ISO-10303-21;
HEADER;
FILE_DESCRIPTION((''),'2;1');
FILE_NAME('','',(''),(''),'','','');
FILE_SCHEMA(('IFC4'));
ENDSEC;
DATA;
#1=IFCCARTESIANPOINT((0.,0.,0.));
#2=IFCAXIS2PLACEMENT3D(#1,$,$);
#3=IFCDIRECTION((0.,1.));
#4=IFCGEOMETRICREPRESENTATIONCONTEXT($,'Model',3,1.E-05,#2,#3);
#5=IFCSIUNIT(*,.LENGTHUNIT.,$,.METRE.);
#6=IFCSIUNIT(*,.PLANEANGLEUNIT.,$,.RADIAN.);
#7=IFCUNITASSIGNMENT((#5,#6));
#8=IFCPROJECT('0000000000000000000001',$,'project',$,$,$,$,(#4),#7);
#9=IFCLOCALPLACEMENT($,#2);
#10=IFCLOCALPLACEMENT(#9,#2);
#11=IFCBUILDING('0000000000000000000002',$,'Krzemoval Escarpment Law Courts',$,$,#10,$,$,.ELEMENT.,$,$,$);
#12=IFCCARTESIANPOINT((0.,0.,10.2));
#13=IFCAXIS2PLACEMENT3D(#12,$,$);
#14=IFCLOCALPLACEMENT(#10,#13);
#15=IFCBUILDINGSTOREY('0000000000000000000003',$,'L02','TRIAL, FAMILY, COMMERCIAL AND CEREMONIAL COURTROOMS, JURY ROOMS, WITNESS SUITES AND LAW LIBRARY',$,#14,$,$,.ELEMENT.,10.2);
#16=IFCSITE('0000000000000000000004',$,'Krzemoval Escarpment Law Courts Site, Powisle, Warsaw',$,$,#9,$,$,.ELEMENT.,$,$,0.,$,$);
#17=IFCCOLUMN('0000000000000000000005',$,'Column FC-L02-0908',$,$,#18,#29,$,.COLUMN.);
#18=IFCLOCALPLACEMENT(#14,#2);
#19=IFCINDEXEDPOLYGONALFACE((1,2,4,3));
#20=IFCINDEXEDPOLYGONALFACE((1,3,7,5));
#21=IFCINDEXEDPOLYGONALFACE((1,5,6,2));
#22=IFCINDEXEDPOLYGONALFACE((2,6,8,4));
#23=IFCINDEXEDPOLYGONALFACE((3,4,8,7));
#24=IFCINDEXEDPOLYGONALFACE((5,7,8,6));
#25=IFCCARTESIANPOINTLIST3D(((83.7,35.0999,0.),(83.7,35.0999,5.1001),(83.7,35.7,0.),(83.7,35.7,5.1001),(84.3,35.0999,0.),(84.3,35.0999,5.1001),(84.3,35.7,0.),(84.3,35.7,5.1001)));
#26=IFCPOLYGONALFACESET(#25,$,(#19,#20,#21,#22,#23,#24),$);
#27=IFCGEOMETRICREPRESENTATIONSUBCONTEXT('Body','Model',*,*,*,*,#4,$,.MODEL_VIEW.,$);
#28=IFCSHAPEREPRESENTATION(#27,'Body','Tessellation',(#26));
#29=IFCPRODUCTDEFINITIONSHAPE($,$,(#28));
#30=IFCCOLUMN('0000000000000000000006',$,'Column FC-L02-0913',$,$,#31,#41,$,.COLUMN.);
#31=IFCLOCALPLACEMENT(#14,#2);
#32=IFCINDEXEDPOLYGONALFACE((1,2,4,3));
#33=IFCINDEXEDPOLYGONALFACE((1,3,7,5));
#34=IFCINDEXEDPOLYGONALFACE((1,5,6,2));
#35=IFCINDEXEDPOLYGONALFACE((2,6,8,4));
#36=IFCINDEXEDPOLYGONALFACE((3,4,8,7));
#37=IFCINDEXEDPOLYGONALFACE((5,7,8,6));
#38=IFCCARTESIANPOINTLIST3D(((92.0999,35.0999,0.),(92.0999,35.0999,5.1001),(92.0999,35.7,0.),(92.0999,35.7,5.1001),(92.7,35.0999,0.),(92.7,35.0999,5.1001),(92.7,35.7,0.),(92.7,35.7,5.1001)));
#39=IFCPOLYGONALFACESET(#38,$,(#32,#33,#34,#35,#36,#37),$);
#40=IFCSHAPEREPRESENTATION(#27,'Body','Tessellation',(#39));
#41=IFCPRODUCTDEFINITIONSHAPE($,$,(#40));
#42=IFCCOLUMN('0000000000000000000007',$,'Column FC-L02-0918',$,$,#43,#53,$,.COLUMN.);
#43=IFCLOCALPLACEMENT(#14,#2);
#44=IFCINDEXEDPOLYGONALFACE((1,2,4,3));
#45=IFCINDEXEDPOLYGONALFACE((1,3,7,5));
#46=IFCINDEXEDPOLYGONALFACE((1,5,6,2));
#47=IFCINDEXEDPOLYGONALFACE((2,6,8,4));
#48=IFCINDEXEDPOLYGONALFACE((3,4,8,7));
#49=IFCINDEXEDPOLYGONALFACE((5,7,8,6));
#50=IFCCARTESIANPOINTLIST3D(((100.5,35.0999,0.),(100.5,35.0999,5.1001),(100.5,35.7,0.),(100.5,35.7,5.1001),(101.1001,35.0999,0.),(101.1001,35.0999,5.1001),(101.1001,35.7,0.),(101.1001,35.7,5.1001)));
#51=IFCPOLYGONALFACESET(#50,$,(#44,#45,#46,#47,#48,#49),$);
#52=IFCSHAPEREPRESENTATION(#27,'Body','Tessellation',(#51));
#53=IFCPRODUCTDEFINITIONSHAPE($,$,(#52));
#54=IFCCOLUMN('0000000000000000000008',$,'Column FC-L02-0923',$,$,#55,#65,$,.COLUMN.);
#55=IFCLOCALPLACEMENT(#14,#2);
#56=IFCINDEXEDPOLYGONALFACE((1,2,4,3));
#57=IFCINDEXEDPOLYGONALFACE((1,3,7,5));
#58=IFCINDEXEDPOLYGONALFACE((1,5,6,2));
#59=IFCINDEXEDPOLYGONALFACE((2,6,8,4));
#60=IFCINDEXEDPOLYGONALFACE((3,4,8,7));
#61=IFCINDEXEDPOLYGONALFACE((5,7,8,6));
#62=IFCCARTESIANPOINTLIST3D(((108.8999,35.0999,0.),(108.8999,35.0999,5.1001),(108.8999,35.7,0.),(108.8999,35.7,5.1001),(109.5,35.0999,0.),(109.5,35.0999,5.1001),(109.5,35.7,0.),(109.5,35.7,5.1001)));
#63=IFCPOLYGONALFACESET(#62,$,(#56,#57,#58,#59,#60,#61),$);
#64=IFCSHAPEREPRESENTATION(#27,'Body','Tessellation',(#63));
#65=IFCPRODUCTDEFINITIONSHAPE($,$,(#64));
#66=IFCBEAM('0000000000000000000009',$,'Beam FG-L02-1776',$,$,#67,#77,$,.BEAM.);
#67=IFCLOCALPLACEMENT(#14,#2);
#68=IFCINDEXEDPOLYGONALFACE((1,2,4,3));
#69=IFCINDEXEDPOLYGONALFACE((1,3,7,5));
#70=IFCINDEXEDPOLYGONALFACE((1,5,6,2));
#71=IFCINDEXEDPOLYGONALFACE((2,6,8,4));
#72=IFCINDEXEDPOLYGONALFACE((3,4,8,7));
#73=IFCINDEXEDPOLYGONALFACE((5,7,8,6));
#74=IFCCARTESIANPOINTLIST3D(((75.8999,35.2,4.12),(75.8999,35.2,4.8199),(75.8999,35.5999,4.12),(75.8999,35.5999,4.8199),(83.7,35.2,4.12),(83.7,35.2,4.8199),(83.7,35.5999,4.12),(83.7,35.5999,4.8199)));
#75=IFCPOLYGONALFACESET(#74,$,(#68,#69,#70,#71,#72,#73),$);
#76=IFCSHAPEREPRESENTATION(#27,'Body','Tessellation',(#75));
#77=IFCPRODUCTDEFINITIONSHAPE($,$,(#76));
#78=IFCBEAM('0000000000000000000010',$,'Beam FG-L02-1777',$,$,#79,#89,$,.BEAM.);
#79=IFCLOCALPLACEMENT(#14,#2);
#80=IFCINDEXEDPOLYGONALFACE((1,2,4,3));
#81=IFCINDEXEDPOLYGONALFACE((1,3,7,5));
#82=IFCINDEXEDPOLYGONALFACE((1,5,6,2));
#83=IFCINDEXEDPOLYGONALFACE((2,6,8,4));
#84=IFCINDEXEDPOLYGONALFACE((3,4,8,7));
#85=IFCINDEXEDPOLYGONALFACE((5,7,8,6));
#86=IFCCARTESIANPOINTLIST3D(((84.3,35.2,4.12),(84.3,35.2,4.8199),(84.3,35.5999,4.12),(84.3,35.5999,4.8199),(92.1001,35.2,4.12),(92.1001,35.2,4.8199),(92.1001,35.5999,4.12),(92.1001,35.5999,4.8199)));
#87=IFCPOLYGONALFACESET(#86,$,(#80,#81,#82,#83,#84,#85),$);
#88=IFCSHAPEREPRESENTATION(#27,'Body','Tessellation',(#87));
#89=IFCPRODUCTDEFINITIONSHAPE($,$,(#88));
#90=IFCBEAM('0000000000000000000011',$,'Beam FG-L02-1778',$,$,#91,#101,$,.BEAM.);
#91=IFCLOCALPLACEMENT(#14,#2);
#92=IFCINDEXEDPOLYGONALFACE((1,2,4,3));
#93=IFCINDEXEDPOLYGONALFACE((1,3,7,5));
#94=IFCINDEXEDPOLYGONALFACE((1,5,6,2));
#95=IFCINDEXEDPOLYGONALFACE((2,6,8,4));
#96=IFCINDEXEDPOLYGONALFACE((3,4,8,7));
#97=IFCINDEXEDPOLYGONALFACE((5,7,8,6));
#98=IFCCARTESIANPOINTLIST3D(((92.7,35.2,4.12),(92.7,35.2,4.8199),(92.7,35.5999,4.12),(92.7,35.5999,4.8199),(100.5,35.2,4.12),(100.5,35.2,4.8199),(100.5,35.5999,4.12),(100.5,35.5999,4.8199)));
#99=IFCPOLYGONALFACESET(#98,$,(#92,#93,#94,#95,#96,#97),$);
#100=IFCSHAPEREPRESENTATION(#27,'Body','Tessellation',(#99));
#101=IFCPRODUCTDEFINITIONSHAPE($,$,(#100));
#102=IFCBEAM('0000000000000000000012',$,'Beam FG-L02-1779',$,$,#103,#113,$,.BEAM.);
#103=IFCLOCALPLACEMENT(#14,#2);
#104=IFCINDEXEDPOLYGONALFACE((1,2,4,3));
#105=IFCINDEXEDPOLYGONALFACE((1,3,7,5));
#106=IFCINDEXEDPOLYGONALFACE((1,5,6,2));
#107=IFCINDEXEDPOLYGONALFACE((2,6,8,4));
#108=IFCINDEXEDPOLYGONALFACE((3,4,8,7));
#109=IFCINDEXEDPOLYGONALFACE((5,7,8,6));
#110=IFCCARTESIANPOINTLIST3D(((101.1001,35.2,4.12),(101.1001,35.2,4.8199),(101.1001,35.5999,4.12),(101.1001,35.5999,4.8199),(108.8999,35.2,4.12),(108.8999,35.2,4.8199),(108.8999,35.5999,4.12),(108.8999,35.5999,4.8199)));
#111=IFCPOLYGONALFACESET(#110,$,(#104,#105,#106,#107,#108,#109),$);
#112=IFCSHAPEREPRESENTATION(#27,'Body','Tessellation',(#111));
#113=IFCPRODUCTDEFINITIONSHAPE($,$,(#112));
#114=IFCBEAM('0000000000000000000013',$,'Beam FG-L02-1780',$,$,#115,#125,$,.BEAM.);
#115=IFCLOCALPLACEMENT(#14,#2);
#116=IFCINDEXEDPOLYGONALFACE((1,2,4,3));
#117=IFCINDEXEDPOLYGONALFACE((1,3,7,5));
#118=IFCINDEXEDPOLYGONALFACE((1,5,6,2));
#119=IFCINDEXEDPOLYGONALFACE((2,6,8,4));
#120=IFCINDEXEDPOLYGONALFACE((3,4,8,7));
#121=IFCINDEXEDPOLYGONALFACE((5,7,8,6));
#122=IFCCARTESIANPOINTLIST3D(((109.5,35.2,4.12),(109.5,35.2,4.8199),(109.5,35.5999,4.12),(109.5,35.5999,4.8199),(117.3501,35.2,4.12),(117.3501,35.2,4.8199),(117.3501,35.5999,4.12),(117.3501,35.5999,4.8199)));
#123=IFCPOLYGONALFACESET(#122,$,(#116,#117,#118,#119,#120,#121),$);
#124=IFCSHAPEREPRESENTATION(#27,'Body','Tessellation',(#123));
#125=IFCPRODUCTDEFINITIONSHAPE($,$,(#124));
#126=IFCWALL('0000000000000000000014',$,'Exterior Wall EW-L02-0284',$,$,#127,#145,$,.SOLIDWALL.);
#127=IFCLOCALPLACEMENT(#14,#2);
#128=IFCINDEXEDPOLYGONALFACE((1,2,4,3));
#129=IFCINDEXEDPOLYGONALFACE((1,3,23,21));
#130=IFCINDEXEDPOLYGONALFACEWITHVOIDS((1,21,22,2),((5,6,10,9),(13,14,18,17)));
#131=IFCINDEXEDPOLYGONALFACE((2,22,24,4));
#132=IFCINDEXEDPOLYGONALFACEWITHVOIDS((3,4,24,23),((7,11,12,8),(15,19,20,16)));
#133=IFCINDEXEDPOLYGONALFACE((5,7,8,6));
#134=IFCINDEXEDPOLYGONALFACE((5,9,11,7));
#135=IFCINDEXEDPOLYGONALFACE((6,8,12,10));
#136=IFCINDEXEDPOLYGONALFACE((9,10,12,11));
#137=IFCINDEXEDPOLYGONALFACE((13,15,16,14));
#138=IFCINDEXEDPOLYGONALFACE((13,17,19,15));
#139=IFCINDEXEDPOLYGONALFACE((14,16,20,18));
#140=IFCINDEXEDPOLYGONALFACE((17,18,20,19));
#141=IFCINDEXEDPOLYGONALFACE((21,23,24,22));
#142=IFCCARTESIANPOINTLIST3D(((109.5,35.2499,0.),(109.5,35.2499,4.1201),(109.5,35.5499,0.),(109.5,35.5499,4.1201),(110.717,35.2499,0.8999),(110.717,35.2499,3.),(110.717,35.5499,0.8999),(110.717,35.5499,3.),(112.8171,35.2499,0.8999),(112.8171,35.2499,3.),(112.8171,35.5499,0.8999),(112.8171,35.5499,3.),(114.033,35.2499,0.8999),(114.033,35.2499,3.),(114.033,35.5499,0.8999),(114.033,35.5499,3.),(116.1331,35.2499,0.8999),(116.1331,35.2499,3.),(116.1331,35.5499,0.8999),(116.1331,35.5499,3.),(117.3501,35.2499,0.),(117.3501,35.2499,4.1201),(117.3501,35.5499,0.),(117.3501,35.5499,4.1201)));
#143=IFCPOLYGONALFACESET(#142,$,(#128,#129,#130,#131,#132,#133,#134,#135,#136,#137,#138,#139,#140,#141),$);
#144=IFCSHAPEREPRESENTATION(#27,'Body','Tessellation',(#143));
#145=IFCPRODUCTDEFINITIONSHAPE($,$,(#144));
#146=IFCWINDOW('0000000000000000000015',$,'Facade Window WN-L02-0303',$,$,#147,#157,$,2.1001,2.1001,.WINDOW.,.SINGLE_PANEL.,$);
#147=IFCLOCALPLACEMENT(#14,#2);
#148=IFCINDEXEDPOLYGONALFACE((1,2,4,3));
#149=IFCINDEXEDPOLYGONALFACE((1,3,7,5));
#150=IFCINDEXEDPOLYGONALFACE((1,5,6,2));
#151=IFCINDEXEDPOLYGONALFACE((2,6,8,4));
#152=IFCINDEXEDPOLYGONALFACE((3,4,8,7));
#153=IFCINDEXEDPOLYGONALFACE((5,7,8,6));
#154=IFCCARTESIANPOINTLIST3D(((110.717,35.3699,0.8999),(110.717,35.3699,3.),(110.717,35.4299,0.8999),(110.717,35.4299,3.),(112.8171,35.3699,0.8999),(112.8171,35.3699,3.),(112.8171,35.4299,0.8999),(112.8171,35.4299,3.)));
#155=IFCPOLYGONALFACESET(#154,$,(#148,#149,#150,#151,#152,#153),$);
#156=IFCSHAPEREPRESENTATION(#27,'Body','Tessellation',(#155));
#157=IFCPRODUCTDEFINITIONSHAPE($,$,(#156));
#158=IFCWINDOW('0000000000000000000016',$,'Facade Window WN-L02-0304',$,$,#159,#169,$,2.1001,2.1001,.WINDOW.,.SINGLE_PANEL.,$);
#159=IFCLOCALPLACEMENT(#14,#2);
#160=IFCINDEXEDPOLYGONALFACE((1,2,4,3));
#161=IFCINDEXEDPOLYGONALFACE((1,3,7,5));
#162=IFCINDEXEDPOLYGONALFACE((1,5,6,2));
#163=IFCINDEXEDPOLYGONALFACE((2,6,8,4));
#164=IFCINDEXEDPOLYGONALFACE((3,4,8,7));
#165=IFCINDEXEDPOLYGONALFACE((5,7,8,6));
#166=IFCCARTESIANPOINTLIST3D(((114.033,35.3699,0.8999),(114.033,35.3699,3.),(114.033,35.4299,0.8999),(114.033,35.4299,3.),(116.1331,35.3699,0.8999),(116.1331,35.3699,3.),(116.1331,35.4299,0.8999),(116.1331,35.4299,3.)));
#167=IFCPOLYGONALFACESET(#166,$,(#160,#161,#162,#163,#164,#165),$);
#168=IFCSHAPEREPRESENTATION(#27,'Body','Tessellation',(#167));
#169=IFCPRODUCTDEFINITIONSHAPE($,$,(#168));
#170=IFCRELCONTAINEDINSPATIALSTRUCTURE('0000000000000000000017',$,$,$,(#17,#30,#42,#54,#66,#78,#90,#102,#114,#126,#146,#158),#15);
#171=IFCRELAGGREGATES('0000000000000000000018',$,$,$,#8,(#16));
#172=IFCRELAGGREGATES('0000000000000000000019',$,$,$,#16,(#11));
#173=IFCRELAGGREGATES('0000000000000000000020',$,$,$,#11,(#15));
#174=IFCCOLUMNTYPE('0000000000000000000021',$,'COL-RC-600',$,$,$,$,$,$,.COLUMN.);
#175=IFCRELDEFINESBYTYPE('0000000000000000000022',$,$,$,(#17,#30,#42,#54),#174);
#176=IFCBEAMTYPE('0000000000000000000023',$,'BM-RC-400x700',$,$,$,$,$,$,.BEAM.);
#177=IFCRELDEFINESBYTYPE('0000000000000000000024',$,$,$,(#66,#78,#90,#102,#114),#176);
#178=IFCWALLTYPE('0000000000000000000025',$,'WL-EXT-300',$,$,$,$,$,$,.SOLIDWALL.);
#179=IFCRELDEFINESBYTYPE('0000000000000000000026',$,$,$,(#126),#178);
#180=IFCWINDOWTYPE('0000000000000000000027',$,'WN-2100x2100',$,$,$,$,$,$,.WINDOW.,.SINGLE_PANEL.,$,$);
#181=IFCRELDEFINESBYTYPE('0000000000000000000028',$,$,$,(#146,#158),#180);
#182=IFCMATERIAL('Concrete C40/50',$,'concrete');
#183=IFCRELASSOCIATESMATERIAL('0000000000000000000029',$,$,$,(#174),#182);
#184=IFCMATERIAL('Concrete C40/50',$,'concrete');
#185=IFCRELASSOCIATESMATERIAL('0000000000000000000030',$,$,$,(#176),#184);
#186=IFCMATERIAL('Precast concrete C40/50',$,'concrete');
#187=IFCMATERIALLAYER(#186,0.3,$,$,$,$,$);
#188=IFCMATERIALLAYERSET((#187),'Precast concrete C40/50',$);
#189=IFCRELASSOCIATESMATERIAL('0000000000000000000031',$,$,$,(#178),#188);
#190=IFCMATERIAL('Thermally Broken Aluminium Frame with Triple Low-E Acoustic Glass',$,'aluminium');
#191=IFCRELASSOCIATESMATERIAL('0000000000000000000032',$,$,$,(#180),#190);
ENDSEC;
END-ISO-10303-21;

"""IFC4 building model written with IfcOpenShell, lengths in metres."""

from ifc_helpers import new_model, si_unit, direction, frame, frame_2d, origin, origin_2d, place, context, subcontext, project, spatial, rectangle, extrude, material, layer, layer_set, material_profile, profile_set, type_object, element, fill, save


model = new_model("IFC4")

# Units and contexts
model_context = context("Model", 3, precision=1e-05, world=origin(), true_north=direction((0.0, 1.0)))
body_context = subcontext(model_context, "Body", "Model", "MODEL_VIEW")
ifc_project = project(units=[si_unit("LENGTHUNIT", "METRE"), si_unit("PLANEANGLEUNIT", "RADIAN")], contexts=[model_context])

# Site, building, storey
site_placement = place(None, origin())
site = spatial("IfcSite", under=ifc_project, at=site_placement, Name="Krzemoval Escarpment Law Courts Site, Powisle, Warsaw", CompositionType="ELEMENT", RefElevation=0.0)
building_placement = place(site_placement, origin())
building = spatial("IfcBuilding", under=site, at=building_placement, Name="Krzemoval Escarpment Law Courts", CompositionType="ELEMENT")
storey_placement = place(building_placement, frame((0.0, 0.0, 10.2)))
storey = spatial("IfcBuildingStorey", under=building, at=storey_placement, Name="L02", Description="TRIAL, FAMILY, COMMERCIAL AND CEREMONIAL COURTROOMS, JURY ROOMS, WITNESS SUITES AND LAW LIBRARY", CompositionType="ELEMENT", Elevation=10.2)

# Columns
ifc_material_1 = material(Name="Concrete C40/50", Category="concrete")
ifc_material_profile_1 = material_profile(ifc_material_1, rectangle(XDim=0.6001, YDim=0.6001, at=origin_2d()), Name="RC 600x600")
ifc_profile_set_1 = profile_set([ifc_material_profile_1], Name="Concrete C40/50")
column_type = type_object("IfcColumnType", Name="COL-RC-600", PredefinedType="COLUMN", material=ifc_profile_set_1)
for number, where, z_axis, x_axis, name in (
    (1, (84.0, 35.3999, 0.0), (0.0, 0.0, 1.0), (1.0, 0.0, 0.0), "Column FC-L02-0908"),
    (2, (92.3999, 35.3999, 0.0), (0.0, 0.0, 1.0), (1.0, 0.0, 0.0), "Column FC-L02-0913"),
    (3, (100.8, 35.3999, 0.0), (0.0, 0.0, 1.0), (1.0, 0.0, 0.0), "Column FC-L02-0918"),
    (4, (109.2, 35.3999, 0.0), (0.0, 0.0, 1.0), (1.0, 0.0, 0.0), "Column FC-L02-0923"),
):
    element("IfcColumn", number, at=place(storey_placement, frame(where, z_axis=z_axis, x_axis=x_axis)), inside=storey, type_object=column_type, Name=name, PredefinedType="COLUMN", context=body_context, shape_type="SweptSolid", body=[
        extrude(rectangle(XDim=0.6001, YDim=0.6001, at=origin_2d()), origin(), (0.0, 0.0, 1.0), 5.1001),
    ])

# Beams
ifc_material_2 = material(Name="Concrete C40/50", Category="concrete")
ifc_material_profile_2 = material_profile(ifc_material_2, rectangle(XDim=0.3999, YDim=0.7, at=origin_2d()), Name="RCB 400x700")
ifc_profile_set_2 = profile_set([ifc_material_profile_2], Name="Concrete C40/50")
beam_type = type_object("IfcBeamType", Name="BM-RC-400x700", PredefinedType="BEAM", material=ifc_profile_set_2)
for number, where, z_axis, x_axis, name in (
    (5, (75.8999, 35.3999, 4.47), (1.0, 0.0, 0.0), (0.0, 1.0, 0.0), "Beam FG-L02-1776"),
    (6, (84.3, 35.3999, 4.47), (1.0, 0.0, 0.0), (0.0, 1.0, 0.0), "Beam FG-L02-1777"),
    (7, (92.7, 35.3999, 4.47), (1.0, 0.0, 0.0), (0.0, 1.0, 0.0), "Beam FG-L02-1778"),
):
    element("IfcBeam", number, at=place(storey_placement, frame(where, z_axis=z_axis, x_axis=x_axis)), inside=storey, type_object=beam_type, Name=name, PredefinedType="BEAM", context=body_context, shape_type="SweptSolid", body=[
        extrude(rectangle(XDim=0.3999, YDim=0.7, at=origin_2d()), origin(), (0.0, 0.0, 1.0), 7.8),
    ])
beam_1_placement = place(storey_placement, frame((101.1001, 35.3999, 4.47), z_axis=(1.0, 0.0, 0.0), x_axis=(0.0, 1.0, 0.0)))
element("IfcBeam", 8, at=beam_1_placement, inside=storey, type_object=beam_type, Name="Beam FG-L02-1779", PredefinedType="BEAM", context=body_context, shape_type="SweptSolid", body=[
    extrude(rectangle(XDim=0.3999, YDim=0.7, at=origin_2d()), origin(), (0.0, 0.0, 1.0), 7.7998),
])
beam_2_placement = place(storey_placement, frame((109.5, 35.3999, 4.47), z_axis=(1.0, 0.0, 0.0), x_axis=(0.0, 1.0, 0.0)))
element("IfcBeam", 9, at=beam_2_placement, inside=storey, type_object=beam_type, Name="Beam FG-L02-1780", PredefinedType="BEAM", context=body_context, shape_type="SweptSolid", body=[
    extrude(rectangle(XDim=0.3999, YDim=0.7, at=origin_2d()), origin(), (0.0, 0.0, 1.0), 7.8501),
])

# Wall, openings, windows
ifc_material_3 = material(Name="Precast concrete C40/50", Category="concrete")
ifc_layer_1 = layer(ifc_material_3, 0.3)
ifc_layer_set_1 = layer_set([ifc_layer_1], Name="Precast concrete C40/50")
wall_type_1 = type_object("IfcWallType", Name="WL-EXT-300", PredefinedType="SOLIDWALL", material=ifc_layer_set_1)
wall_1_placement = place(storey_placement, frame((109.5, 35.3999, 0.0), z_axis=(0.0, 0.0, 1.0), x_axis=(1.0, 0.0, 0.0)))
wall_1 = element("IfcWall", 10, at=wall_1_placement, inside=storey, type_object=wall_type_1, Name="Exterior Wall EW-L02-0284", PredefinedType="SOLIDWALL", context=body_context, shape_type="SweptSolid", body=[
    extrude(rectangle(XDim=7.8501, YDim=0.3, at=frame_2d((3.925, 0.0))), origin(), (0.0, 0.0, 1.0), 4.1201),
])
opening_1_placement = place(wall_1_placement, frame((1.217, 0.0, 0.8999)))
opening_1 = element("IfcOpeningElement", 11, at=opening_1_placement, cuts=wall_1, PredefinedType="OPENING", context=body_context, shape_type="SweptSolid", body=[
    extrude(rectangle(XDim=2.1001, YDim=2.1001, at=frame_2d((1.05, 1.05))), frame((0.0, 0.165, 0.0), z_axis=(0.0, -1.0, 0.0), x_axis=(1.0, 0.0, 0.0)), (0.0, 0.0, 1.0), 0.3301),
])
opening_2_placement = place(wall_1_placement, frame((4.533, 0.0, 0.8999)))
opening_2 = element("IfcOpeningElement", 12, at=opening_2_placement, cuts=wall_1, PredefinedType="OPENING", context=body_context, shape_type="SweptSolid", body=[
    extrude(rectangle(XDim=2.1001, YDim=2.1001, at=frame_2d((1.05, 1.05))), frame((0.0, 0.165, 0.0), z_axis=(0.0, -1.0, 0.0), x_axis=(1.0, 0.0, 0.0)), (0.0, 0.0, 1.0), 0.3301),
])
ifc_material_4 = material(Name="Thermally Broken Aluminium Frame with Triple Low-E Acoustic Glass", Category="aluminium")
window_type_1 = type_object("IfcWindowType", Name="WN-2100x2100", PartitioningType="SINGLE_PANEL", PredefinedType="WINDOW", material=ifc_material_4)
window_1_placement = place(opening_1_placement, origin())
window_1 = element("IfcWindow", 13, at=window_1_placement, inside=storey, type_object=window_type_1, Name="Facade Window WN-L02-0303", OverallHeight=2.1001, OverallWidth=2.1001, PartitioningType="SINGLE_PANEL", PredefinedType="WINDOW", context=body_context, shape_type="SweptSolid", body=[
    extrude(rectangle(XDim=2.1001, YDim=2.1001, at=frame_2d((1.05, 1.05))), frame((0.0, 0.03, 0.0), z_axis=(0.0, -1.0, 0.0), x_axis=(1.0, 0.0, 0.0)), (0.0, 0.0, 1.0), 0.0601),
])
fill(opening_1, window_1)
window_2_placement = place(opening_2_placement, origin())
window_2 = element("IfcWindow", 14, at=window_2_placement, inside=storey, type_object=window_type_1, Name="Facade Window WN-L02-0304", OverallHeight=2.1001, OverallWidth=2.1001, PartitioningType="SINGLE_PANEL", PredefinedType="WINDOW", context=body_context, shape_type="SweptSolid", body=[
    extrude(rectangle(XDim=2.1001, YDim=2.1001, at=frame_2d((1.05, 1.05))), frame((0.0, 0.03, 0.0), z_axis=(0.0, -1.0, 0.0), x_axis=(1.0, 0.0, 0.0)), (0.0, 0.0, 1.0), 0.0601),
])
fill(opening_2, window_2)

save(model, "model.ifc")
